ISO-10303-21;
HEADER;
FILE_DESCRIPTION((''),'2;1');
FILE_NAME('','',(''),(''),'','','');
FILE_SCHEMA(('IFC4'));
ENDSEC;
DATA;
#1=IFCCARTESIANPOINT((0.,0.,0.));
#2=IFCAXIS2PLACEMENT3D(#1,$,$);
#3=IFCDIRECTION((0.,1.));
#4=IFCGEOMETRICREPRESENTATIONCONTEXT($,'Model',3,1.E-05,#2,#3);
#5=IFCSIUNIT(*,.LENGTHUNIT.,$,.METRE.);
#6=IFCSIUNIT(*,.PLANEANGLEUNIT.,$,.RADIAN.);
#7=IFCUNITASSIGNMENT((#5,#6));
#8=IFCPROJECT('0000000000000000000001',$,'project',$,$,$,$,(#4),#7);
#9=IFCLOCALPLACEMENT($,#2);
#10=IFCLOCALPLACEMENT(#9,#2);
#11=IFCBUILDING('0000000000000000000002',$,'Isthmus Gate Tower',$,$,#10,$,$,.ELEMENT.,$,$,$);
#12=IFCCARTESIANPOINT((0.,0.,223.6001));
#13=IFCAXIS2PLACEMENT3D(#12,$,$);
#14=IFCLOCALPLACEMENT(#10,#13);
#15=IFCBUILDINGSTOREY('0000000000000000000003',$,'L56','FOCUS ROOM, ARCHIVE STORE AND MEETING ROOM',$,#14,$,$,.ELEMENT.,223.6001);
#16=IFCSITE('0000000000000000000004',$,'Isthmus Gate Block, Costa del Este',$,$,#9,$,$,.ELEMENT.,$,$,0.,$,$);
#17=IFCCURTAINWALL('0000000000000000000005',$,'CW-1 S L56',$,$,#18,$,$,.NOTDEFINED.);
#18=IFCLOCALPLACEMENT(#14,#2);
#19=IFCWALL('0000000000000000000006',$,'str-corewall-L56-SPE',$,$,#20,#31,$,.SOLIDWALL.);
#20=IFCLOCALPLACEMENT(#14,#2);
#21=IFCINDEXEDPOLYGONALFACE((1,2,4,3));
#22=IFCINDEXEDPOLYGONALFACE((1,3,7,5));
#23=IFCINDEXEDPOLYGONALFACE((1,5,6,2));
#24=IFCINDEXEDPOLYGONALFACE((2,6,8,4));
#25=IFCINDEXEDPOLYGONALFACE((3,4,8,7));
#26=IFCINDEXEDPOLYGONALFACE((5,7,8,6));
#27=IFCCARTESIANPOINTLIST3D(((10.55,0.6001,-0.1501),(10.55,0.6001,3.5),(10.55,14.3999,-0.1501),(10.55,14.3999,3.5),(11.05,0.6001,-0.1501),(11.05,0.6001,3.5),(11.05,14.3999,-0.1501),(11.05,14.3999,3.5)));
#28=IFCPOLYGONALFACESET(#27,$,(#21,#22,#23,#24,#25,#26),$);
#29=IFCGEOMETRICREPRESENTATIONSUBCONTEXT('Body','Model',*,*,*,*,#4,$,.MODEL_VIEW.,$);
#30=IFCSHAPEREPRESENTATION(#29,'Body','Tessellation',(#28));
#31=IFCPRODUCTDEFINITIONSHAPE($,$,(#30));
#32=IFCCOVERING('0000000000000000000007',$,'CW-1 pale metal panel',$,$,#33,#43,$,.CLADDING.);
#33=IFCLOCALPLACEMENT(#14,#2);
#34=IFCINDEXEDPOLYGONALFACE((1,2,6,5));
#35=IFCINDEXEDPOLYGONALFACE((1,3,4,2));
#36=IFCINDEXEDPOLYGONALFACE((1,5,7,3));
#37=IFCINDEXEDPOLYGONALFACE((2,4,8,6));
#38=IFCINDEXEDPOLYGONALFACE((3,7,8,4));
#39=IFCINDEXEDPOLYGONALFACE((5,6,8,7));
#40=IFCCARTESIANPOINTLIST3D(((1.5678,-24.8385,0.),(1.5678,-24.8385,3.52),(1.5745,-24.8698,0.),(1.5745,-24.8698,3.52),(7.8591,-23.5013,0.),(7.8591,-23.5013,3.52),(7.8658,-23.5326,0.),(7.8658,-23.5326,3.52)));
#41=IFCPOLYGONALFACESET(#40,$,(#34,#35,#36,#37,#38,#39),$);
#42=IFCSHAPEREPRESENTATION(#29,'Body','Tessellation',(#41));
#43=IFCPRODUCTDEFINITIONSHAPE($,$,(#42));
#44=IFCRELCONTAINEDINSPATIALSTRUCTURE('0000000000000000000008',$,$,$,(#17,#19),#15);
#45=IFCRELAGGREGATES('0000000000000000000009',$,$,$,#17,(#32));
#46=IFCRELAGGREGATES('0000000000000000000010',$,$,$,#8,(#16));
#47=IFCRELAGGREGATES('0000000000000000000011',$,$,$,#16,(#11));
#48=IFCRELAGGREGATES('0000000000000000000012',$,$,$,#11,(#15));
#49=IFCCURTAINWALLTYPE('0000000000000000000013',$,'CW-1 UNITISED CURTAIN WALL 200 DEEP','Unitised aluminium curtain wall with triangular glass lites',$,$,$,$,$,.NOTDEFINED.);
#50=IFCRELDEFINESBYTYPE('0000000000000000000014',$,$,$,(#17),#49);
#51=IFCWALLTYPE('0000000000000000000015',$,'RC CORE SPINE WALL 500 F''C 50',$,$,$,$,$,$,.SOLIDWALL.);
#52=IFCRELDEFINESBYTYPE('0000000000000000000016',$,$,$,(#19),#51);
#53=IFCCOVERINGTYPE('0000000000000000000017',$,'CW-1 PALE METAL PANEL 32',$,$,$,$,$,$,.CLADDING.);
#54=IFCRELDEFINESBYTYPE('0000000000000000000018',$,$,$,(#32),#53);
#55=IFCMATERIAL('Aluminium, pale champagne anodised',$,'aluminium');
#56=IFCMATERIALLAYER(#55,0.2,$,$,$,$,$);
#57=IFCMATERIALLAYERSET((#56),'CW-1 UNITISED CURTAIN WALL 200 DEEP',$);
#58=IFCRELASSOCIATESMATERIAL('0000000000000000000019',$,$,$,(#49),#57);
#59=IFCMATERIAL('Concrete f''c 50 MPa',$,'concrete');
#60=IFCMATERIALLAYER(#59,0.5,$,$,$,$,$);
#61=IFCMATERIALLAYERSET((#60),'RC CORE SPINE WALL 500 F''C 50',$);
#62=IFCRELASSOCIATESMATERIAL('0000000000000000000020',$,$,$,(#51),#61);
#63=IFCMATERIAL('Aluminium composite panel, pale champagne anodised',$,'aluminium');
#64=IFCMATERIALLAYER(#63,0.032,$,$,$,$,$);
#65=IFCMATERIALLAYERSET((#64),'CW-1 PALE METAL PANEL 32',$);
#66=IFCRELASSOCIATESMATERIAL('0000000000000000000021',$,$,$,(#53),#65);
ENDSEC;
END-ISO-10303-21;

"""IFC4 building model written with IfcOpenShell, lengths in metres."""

from ifc_helpers import new_model, si_unit, direction, frame, frame_2d, origin, origin_2d, place, context, subcontext, project, spatial, rectangle, extrude, material, layer, layer_set, type_object, element, aggregate, save


model = new_model("IFC4")

# Units and contexts
model_context = context("Model", 3, precision=1e-05, world=origin(), true_north=direction((0.0, 1.0)))
body_context = subcontext(model_context, "Body", "Model", "MODEL_VIEW")
ifc_project = project(units=[si_unit("LENGTHUNIT", "METRE"), si_unit("PLANEANGLEUNIT", "RADIAN")], contexts=[model_context])

# Site, building, storey
site_placement = place(None, origin())
site = spatial("IfcSite", under=ifc_project, at=site_placement, Name="Isthmus Gate Block, Costa del Este", CompositionType="ELEMENT", RefElevation=0.0)
building_placement = place(site_placement, origin())
building = spatial("IfcBuilding", under=site, at=building_placement, Name="Isthmus Gate Tower", CompositionType="ELEMENT")
storey_placement = place(building_placement, frame((0.0, 0.0, 223.6001)))
storey = spatial("IfcBuildingStorey", under=building, at=storey_placement, Name="L56", Description="FOCUS ROOM, ARCHIVE STORE AND MEETING ROOM", CompositionType="ELEMENT", Elevation=223.6001)

# Curtain wall
ifc_material_1 = material(Name="Aluminium, pale champagne anodised", Category="aluminium")
ifc_layer_1 = layer(ifc_material_1, 0.2)
ifc_layer_set_1 = layer_set([ifc_layer_1], Name="CW-1 UNITISED CURTAIN WALL 200 DEEP")
curtain_wall_type = type_object("IfcCurtainWallType", Name="CW-1 UNITISED CURTAIN WALL 200 DEEP", Description="Unitised aluminium curtain wall with triangular glass lites", PredefinedType="NOTDEFINED", material=ifc_layer_set_1)
curtain_wall_placement = place(storey_placement, origin())
curtain_wall = element("IfcCurtainWall", 1, at=curtain_wall_placement, inside=storey, type_object=curtain_wall_type, Name="CW-1 S L56", PredefinedType="NOTDEFINED")

# Wall
ifc_material_2 = material(Name="Concrete f'c 50 MPa", Category="concrete")
ifc_layer_2 = layer(ifc_material_2, 0.5)
ifc_layer_set_2 = layer_set([ifc_layer_2], Name="RC CORE SPINE WALL 500 F'C 50")
wall_type_1 = type_object("IfcWallType", Name="RC CORE SPINE WALL 500 F'C 50", PredefinedType="SOLIDWALL", material=ifc_layer_set_2)
wall_1_placement = place(storey_placement, frame((10.8, 0.6001, -0.1501), z_axis=(0.0, 0.0, 1.0), x_axis=(0.0, 1.0, 0.0)))
element("IfcWall", 2, at=wall_1_placement, inside=storey, type_object=wall_type_1, Name="str-corewall-L56-SPE", PredefinedType="SOLIDWALL", context=body_context, shape_type="SweptSolid", body=[
    extrude(rectangle(XDim=13.7998, YDim=0.5, at=frame_2d((6.8999, 0.0))), origin(), (0.0, 0.0, 1.0), 3.6501),
])

# Covering
ifc_material_3 = material(Name="Aluminium composite panel, pale champagne anodised", Category="aluminium")
ifc_layer_3 = layer(ifc_material_3, 0.032)
ifc_layer_set_3 = layer_set([ifc_layer_3], Name="CW-1 PALE METAL PANEL 32")
covering_type = type_object("IfcCoveringType", Name="CW-1 PALE METAL PANEL 32", PredefinedType="CLADDING", material=ifc_layer_set_3)
covering_placement = place(storey_placement, frame((4.7168, -24.1855, 0.0), z_axis=(0.0, 0.0, 1.0), x_axis=(0.978148, 0.207912, 0.0)))
covering = element("IfcCovering", 3, at=covering_placement, type_object=covering_type, Name="CW-1 pale metal panel", PredefinedType="CLADDING", context=body_context, shape_type="SweptSolid", body=[
    extrude(rectangle(XDim=6.4319, YDim=0.032, at=origin_2d()), origin(), (0.0, 0.0, 1.0), 3.52),
])
aggregate(curtain_wall, [covering])

save(model, "model.ifc")
